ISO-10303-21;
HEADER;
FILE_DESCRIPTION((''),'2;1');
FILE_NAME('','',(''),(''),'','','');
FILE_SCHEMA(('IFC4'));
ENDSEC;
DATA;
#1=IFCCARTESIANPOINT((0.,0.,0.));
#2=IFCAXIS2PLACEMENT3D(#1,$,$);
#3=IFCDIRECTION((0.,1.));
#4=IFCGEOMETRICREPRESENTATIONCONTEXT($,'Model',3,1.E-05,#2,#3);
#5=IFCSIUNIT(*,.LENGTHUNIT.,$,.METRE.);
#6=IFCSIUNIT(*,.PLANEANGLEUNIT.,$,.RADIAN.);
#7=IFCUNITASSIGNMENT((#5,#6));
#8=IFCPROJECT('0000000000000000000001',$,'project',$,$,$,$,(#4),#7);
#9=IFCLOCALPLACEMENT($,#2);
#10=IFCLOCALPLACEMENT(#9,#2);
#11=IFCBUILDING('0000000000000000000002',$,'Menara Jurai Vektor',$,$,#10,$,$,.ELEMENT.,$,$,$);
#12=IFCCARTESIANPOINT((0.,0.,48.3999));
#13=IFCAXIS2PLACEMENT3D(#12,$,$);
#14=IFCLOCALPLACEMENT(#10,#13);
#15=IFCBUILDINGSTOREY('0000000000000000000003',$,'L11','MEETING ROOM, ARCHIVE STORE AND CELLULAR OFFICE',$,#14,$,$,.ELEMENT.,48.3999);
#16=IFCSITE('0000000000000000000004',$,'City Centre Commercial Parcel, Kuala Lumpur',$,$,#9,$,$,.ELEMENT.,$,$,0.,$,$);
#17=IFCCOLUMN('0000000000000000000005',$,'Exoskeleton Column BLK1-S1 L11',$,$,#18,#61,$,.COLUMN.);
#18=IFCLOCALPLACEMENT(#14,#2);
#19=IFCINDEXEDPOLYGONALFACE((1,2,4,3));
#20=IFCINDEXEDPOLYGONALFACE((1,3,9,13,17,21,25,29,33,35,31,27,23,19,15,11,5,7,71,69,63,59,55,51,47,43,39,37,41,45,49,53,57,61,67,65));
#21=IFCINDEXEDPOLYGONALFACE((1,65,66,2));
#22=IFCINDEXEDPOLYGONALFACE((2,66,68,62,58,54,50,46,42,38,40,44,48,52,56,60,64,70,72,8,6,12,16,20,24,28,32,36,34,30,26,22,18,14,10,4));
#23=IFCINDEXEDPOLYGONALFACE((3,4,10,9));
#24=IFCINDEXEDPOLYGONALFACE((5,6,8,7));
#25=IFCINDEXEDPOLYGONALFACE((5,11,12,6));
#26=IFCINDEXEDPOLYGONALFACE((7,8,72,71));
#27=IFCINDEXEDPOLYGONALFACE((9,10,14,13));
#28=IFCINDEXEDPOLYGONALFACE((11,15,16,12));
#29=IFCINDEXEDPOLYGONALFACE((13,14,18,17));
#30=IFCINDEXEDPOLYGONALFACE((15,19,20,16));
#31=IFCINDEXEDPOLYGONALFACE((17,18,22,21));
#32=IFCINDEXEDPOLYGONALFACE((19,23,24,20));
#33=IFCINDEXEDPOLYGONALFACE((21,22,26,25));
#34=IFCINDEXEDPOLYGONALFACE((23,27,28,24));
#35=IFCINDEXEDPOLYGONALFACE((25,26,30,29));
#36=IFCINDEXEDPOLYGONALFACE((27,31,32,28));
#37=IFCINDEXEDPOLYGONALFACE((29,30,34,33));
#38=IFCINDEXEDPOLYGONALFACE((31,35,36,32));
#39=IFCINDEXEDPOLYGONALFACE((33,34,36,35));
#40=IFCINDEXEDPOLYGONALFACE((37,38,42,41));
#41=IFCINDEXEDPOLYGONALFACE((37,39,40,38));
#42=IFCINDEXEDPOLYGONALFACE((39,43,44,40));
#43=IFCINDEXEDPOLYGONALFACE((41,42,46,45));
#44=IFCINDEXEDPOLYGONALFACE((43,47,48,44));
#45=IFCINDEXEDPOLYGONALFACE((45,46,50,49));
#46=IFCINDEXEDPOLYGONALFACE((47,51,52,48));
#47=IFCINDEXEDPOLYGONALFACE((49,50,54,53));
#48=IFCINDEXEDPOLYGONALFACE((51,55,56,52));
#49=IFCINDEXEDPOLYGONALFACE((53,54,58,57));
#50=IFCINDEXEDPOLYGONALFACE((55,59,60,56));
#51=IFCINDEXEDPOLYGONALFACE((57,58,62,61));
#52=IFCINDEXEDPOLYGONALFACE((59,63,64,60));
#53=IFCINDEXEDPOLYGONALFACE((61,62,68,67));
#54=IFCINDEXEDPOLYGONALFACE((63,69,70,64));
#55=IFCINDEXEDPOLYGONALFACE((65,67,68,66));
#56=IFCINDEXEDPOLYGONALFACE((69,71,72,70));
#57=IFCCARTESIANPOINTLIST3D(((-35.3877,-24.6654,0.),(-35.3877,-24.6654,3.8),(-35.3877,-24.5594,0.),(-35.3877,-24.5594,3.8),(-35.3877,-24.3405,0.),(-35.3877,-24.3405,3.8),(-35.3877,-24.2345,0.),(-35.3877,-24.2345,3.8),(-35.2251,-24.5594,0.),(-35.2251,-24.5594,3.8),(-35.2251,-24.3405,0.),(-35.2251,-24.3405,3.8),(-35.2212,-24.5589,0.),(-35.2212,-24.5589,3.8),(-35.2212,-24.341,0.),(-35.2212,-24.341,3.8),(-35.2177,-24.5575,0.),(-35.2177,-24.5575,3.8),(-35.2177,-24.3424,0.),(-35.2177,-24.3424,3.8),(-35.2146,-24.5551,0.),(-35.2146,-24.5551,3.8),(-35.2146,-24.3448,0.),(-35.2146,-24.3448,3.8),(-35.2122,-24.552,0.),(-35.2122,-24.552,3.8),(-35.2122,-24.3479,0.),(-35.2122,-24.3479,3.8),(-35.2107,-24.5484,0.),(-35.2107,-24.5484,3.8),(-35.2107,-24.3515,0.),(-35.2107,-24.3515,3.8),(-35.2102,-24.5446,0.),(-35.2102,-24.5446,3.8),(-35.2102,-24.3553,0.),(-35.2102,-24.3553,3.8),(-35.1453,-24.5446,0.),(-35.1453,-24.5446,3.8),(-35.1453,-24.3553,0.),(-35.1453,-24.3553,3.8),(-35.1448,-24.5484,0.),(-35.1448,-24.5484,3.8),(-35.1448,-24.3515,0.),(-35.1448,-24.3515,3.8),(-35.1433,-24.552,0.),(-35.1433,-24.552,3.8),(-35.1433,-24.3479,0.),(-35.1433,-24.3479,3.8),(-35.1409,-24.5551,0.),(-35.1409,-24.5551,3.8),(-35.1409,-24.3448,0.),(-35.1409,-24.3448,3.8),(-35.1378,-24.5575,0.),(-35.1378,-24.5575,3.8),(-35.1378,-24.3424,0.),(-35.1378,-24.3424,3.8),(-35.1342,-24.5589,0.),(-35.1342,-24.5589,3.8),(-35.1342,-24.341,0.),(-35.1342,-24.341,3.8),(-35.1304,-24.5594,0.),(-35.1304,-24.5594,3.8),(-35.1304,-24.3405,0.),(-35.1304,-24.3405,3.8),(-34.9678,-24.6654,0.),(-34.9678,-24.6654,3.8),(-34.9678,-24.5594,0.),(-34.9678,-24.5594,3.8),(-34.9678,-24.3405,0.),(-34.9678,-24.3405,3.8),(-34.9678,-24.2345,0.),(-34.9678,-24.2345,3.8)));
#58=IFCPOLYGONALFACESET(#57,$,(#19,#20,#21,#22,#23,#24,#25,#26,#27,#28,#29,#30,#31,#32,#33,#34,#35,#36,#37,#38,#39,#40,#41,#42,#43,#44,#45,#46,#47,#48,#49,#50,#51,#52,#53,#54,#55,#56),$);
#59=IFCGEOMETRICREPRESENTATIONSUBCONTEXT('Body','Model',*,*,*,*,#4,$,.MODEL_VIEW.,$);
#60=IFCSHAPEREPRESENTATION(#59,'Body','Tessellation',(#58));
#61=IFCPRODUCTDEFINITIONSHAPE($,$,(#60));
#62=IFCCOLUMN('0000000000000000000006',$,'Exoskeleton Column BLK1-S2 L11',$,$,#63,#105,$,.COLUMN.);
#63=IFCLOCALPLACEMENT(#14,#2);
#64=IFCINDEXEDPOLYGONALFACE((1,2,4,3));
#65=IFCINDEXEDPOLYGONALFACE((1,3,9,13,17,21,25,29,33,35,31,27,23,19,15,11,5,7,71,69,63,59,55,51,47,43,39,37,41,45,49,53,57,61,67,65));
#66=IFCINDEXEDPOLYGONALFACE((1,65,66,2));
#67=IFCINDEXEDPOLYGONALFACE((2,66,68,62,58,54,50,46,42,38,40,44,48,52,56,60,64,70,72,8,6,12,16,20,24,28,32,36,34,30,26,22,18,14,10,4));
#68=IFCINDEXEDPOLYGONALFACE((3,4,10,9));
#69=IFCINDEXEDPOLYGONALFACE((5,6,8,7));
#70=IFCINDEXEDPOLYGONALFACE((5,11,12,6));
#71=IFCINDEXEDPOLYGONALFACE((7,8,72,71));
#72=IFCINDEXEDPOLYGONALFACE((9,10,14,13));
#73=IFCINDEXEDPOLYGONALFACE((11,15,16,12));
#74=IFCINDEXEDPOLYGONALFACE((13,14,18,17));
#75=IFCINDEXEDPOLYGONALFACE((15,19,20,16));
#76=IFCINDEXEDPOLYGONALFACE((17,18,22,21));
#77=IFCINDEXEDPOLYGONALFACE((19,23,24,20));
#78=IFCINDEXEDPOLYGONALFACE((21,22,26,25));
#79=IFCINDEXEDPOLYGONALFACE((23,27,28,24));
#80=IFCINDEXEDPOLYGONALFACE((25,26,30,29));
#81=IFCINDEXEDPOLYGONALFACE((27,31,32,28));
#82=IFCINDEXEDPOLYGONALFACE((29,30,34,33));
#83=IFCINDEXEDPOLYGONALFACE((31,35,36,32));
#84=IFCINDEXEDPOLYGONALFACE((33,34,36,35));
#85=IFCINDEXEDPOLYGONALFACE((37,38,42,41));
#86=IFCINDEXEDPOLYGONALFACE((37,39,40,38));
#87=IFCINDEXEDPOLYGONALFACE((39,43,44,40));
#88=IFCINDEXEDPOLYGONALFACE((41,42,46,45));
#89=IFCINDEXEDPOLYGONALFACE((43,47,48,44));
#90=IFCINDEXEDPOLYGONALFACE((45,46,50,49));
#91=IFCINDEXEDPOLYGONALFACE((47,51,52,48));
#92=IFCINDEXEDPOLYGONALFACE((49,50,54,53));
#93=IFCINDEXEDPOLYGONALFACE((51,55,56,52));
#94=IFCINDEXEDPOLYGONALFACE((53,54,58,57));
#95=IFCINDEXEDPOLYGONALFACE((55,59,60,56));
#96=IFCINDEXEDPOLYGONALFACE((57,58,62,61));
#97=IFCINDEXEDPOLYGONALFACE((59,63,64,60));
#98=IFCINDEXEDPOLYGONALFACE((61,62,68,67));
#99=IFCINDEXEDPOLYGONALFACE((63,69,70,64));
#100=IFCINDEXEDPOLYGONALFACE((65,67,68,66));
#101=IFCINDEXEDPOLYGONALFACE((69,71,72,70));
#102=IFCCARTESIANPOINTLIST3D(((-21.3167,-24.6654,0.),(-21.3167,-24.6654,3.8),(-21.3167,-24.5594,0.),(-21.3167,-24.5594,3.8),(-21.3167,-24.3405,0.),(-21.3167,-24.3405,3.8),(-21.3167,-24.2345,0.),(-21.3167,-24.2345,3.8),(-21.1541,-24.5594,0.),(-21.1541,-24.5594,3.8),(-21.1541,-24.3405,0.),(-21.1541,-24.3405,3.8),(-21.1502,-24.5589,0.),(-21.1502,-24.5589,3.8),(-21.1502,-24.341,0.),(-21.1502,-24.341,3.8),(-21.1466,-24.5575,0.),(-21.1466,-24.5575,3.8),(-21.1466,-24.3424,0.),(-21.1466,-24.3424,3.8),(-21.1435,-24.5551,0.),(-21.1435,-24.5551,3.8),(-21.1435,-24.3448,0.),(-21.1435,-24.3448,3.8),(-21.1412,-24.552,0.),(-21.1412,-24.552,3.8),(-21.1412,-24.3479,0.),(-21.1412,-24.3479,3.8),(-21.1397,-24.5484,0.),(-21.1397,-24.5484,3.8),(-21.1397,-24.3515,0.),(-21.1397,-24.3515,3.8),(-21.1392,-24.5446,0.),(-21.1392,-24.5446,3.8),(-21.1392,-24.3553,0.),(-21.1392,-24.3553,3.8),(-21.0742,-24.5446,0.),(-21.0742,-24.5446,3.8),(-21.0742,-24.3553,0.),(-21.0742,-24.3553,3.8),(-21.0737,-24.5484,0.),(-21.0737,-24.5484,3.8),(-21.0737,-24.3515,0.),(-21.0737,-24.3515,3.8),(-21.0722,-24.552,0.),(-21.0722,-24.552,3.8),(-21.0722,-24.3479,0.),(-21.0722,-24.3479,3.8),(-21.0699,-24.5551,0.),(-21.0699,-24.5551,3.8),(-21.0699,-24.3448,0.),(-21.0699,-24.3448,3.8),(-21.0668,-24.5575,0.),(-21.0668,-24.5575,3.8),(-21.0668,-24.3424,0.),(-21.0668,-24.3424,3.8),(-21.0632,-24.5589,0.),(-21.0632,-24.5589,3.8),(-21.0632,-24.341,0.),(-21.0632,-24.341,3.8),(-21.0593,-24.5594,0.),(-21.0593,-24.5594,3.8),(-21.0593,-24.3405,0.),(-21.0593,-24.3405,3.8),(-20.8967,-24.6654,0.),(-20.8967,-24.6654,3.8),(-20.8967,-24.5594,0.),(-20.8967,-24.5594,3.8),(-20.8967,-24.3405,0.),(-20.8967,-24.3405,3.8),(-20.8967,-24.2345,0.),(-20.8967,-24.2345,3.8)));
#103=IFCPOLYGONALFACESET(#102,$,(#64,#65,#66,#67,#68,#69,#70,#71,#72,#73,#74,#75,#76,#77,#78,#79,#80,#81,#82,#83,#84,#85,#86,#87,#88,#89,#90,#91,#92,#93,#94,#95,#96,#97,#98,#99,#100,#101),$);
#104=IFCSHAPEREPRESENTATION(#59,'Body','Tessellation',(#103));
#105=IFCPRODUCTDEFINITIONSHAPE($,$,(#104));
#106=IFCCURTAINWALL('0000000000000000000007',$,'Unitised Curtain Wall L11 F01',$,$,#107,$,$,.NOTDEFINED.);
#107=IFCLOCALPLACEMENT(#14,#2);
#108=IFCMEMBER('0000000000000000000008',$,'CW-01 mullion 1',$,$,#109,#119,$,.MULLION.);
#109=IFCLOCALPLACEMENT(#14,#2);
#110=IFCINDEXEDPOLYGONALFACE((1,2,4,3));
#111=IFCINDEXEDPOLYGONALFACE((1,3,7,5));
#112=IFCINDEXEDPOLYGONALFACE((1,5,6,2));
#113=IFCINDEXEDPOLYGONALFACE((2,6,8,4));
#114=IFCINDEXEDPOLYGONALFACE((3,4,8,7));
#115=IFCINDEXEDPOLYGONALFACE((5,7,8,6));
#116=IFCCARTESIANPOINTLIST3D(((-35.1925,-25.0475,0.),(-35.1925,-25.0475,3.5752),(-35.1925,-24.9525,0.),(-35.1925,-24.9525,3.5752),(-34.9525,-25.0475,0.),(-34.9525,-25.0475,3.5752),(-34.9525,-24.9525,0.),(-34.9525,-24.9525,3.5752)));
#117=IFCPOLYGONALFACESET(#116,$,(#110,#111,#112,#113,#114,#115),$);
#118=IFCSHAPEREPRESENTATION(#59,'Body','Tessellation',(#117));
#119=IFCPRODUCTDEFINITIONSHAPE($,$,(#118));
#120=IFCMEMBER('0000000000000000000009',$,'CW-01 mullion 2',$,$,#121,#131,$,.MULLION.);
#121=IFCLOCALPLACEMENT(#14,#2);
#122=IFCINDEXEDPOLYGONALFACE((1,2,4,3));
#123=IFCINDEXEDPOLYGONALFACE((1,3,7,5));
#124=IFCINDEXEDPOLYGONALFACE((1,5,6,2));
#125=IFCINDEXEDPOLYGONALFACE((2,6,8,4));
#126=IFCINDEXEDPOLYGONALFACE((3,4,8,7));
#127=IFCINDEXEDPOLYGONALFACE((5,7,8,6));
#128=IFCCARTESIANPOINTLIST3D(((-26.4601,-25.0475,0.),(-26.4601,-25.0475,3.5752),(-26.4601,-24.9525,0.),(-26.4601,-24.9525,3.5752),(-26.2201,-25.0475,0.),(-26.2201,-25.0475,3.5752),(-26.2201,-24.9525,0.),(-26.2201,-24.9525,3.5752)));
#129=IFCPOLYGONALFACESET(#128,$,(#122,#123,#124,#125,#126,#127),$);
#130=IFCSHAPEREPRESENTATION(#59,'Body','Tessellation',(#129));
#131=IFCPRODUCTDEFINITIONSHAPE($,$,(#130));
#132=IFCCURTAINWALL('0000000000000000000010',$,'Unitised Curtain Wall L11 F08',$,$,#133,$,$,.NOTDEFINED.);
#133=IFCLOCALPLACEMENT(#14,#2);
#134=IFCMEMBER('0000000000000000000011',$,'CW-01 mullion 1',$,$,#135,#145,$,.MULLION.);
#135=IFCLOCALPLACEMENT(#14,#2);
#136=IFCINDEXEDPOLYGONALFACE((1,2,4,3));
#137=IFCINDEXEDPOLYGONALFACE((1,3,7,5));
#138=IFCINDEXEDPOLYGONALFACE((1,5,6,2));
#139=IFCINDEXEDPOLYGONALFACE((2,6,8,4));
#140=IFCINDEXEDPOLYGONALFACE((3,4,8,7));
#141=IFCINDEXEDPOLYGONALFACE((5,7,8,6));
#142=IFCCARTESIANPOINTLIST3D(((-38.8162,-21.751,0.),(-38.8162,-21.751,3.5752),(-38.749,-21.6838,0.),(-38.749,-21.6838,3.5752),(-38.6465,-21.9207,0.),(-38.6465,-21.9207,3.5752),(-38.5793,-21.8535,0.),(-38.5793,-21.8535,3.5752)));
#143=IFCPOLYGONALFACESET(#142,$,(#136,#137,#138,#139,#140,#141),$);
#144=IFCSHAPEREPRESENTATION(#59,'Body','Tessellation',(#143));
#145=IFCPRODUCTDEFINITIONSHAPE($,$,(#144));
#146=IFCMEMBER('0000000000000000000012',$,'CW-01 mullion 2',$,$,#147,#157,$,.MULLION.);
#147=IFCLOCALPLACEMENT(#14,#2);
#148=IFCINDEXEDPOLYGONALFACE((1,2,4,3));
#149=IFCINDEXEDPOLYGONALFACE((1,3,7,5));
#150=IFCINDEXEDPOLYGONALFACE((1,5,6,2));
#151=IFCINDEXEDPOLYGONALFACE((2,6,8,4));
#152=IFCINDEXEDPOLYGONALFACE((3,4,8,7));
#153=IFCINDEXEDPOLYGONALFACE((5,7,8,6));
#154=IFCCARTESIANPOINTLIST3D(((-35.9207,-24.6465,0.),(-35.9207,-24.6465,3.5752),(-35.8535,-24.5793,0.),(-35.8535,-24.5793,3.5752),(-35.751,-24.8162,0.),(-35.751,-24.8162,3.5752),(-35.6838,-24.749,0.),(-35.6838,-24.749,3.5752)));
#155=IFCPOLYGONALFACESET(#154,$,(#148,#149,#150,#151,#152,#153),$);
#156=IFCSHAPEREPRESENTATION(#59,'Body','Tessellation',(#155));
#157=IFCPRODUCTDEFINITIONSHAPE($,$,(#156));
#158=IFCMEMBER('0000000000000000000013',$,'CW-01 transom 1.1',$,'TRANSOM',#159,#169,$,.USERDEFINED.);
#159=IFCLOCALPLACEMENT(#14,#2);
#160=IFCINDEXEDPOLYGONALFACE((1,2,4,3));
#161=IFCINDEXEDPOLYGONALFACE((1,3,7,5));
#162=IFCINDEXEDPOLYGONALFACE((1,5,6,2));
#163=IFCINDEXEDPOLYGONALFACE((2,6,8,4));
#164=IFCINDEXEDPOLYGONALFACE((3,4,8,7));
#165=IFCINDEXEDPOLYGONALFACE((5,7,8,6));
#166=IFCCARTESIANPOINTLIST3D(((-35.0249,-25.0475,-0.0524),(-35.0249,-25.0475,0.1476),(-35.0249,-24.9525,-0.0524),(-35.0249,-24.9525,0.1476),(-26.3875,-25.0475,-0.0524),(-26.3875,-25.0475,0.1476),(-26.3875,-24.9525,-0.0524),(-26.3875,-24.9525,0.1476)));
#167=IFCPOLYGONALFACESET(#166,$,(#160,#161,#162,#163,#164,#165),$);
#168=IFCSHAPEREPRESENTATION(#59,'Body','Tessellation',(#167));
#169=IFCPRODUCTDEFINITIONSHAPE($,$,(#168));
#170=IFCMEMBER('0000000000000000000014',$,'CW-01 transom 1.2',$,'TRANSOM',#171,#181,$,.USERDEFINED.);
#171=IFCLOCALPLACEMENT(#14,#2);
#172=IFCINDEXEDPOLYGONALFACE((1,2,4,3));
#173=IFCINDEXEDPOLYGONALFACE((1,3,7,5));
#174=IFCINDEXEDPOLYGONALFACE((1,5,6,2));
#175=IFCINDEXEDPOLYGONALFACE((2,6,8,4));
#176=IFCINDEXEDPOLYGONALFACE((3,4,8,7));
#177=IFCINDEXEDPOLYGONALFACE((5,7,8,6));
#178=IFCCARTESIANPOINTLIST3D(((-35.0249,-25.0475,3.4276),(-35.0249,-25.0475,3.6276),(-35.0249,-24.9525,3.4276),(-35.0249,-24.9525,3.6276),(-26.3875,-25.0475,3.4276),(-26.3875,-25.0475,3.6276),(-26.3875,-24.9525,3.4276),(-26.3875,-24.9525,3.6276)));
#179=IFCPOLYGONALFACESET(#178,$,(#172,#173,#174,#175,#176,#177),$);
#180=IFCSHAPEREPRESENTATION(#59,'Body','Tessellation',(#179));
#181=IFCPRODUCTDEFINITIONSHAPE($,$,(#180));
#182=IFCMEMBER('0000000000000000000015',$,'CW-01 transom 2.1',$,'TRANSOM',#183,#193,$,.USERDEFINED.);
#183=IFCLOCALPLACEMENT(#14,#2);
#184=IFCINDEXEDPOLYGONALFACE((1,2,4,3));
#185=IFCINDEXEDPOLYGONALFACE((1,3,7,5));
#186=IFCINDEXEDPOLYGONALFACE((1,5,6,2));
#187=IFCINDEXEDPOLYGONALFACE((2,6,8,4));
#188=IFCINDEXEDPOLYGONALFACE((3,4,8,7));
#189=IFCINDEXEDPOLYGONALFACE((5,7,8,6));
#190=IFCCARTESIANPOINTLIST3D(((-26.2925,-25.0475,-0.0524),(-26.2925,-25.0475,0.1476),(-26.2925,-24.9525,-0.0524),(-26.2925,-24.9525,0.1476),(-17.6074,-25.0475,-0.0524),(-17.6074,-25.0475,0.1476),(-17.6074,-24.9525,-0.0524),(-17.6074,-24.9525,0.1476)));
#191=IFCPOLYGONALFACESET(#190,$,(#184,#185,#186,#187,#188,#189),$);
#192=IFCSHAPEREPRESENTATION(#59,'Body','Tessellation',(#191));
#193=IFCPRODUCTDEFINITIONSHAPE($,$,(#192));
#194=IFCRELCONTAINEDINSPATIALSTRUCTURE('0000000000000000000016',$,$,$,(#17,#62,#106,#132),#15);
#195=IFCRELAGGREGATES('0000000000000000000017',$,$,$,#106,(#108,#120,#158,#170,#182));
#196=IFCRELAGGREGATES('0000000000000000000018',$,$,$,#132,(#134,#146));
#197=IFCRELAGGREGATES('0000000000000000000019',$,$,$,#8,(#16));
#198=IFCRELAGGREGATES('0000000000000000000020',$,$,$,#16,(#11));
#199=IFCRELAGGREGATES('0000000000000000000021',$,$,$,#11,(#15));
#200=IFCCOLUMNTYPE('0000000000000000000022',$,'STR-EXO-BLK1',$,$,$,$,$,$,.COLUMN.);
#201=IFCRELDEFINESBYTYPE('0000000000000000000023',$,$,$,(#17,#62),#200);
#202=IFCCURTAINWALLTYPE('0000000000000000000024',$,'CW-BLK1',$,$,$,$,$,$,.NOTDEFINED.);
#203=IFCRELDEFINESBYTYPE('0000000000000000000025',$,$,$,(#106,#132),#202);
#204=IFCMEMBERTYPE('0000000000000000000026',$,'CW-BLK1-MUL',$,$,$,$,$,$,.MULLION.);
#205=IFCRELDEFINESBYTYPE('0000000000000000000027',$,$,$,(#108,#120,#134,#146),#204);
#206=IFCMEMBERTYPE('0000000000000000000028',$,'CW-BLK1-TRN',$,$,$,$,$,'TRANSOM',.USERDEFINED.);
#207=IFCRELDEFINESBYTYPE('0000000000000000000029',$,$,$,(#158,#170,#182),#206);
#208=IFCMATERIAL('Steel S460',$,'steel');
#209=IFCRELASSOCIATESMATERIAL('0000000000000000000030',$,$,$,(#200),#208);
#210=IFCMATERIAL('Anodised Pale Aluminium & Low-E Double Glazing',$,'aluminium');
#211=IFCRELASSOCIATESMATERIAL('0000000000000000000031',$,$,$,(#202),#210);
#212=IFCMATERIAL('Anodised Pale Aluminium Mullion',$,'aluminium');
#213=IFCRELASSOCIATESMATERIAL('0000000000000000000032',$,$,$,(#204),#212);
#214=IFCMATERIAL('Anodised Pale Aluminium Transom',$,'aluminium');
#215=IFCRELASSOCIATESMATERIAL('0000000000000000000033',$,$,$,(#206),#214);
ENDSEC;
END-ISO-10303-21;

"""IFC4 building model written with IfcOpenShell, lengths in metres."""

from ifc_helpers import new_model, si_unit, direction, frame, origin, origin_2d, place, context, subcontext, project, spatial, rectangle, i_section, extrude, material, material_profile, profile_set, type_object, element, aggregate, save


model = new_model("IFC4")

# Units and contexts
model_context = context("Model", 3, precision=1e-05, world=origin(), true_north=direction((0.0, 1.0)))
body_context = subcontext(model_context, "Body", "Model", "MODEL_VIEW")
ifc_project = project(units=[si_unit("LENGTHUNIT", "METRE"), si_unit("PLANEANGLEUNIT", "RADIAN")], contexts=[model_context])

# Site, building, storey
site_placement = place(None, origin())
site = spatial("IfcSite", under=ifc_project, at=site_placement, Name="City Centre Commercial Parcel, Kuala Lumpur", CompositionType="ELEMENT", RefElevation=0.0)
building_placement = place(site_placement, origin())
building = spatial("IfcBuilding", under=site, at=building_placement, Name="Menara Jurai Vektor", CompositionType="ELEMENT")
storey_placement = place(building_placement, frame((0.0, 0.0, 48.3999)))
storey = spatial("IfcBuildingStorey", under=building, at=storey_placement, Name="L11", Description="MEETING ROOM, ARCHIVE STORE AND CELLULAR OFFICE", CompositionType="ELEMENT", Elevation=48.3999)

# Columns
ifc_material_1 = material(Name="Steel S460", Category="steel")
ifc_material_profile_1 = material_profile(ifc_material_1, i_section(OverallWidth=0.4199, OverallDepth=0.4309, WebThickness=0.0649, FlangeThickness=0.106, FilletRadius=0.0149, at=origin_2d()), Name="HD 400x900")
ifc_profile_set_1 = profile_set([ifc_material_profile_1], Name="Steel S460")
column_type = type_object("IfcColumnType", Name="STR-EXO-BLK1", PredefinedType="COLUMN", material=ifc_profile_set_1)
for number, where, z_axis, x_axis, name in (
    (1, (-35.1777, -24.45, 0.0), (0.0, 0.0, 1.0), (1.0, 0.0, 0.0), "Exoskeleton Column BLK1-S1 L11"),
    (2, (-21.1067, -24.45, 0.0), (0.0, 0.0, 1.0), (1.0, 0.0, 0.0), "Exoskeleton Column BLK1-S2 L11"),
):
    element("IfcColumn", number, at=place(storey_placement, frame(where, z_axis=z_axis, x_axis=x_axis)), inside=storey, type_object=column_type, Name=name, PredefinedType="COLUMN", context=body_context, shape_type="SweptSolid", body=[
        extrude(i_section(OverallWidth=0.4199, OverallDepth=0.4309, WebThickness=0.0649, FlangeThickness=0.106, FilletRadius=0.0149, at=origin_2d()), origin(), (0.0, 0.0, 1.0), 3.8),
    ])

# Curtain walls, members
ifc_material_2 = material(Name="Anodised Pale Aluminium & Low-E Double Glazing", Category="aluminium")
curtain_wall_type = type_object("IfcCurtainWallType", Name="CW-BLK1", PredefinedType="NOTDEFINED", material=ifc_material_2)
curtain_wall_1_placement = place(storey_placement, origin())
curtain_wall_1 = element("IfcCurtainWall", 3, at=curtain_wall_1_placement, inside=storey, type_object=curtain_wall_type, Name="Unitised Curtain Wall L11 F01", PredefinedType="NOTDEFINED")
ifc_material_3 = material(Name="Anodised Pale Aluminium Mullion", Category="aluminium")
ifc_material_profile_2 = material_profile(ifc_material_3, rectangle(XDim=0.095, YDim=0.24, at=origin_2d()), Name="ALU MUL 95x240")
ifc_profile_set_2 = profile_set([ifc_material_profile_2], Name="Anodised Pale Aluminium Mullion")
member_type_1 = type_object("IfcMemberType", Name="CW-BLK1-MUL", PredefinedType="MULLION", material=ifc_profile_set_2)
member_1_placement = place(storey_placement, frame((-35.0725, -25.0, 0.0), z_axis=(0.0, 0.0, 1.0), x_axis=(0.0, 1.0, 0.0)))
member_1 = element("IfcMember", 4, at=member_1_placement, type_object=member_type_1, Name="CW-01 mullion 1", PredefinedType="MULLION", context=body_context, shape_type="SweptSolid", body=[
    extrude(rectangle(XDim=0.095, YDim=0.24, at=origin_2d()), origin(), (0.0, 0.0, 1.0), 3.5752),
])
member_2_placement = place(storey_placement, frame((-26.3401, -25.0, 0.0), z_axis=(0.0, 0.0, 1.0), x_axis=(0.0, 1.0, 0.0)))
member_2 = element("IfcMember", 5, at=member_2_placement, type_object=member_type_1, Name="CW-01 mullion 2", PredefinedType="MULLION", context=body_context, shape_type="SweptSolid", body=[
    extrude(rectangle(XDim=0.095, YDim=0.24, at=origin_2d()), origin(), (0.0, 0.0, 1.0), 3.5752),
])
curtain_wall_2_placement = place(storey_placement, origin())
curtain_wall_2 = element("IfcCurtainWall", 6, at=curtain_wall_2_placement, inside=storey, type_object=curtain_wall_type, Name="Unitised Curtain Wall L11 F08", PredefinedType="NOTDEFINED")
member_3_placement = place(storey_placement, frame((-38.6978, -21.8022, 0.0), z_axis=(0.0, 0.0, 1.0), x_axis=(0.707107, 0.707107, 0.0)))
member_3 = element("IfcMember", 7, at=member_3_placement, type_object=member_type_1, Name="CW-01 mullion 1", PredefinedType="MULLION", context=body_context, shape_type="SweptSolid", body=[
    extrude(rectangle(XDim=0.095, YDim=0.24, at=origin_2d()), origin(), (0.0, 0.0, 1.0), 3.5752),
])
member_4_placement = place(storey_placement, frame((-35.8022, -24.6978, 0.0), z_axis=(0.0, 0.0, 1.0), x_axis=(0.707107, 0.707107, 0.0)))
member_4 = element("IfcMember", 8, at=member_4_placement, type_object=member_type_1, Name="CW-01 mullion 2", PredefinedType="MULLION", context=body_context, shape_type="SweptSolid", body=[
    extrude(rectangle(XDim=0.095, YDim=0.24, at=origin_2d()), origin(), (0.0, 0.0, 1.0), 3.5752),
])

# Members
ifc_material_4 = material(Name="Anodised Pale Aluminium Transom", Category="aluminium")
ifc_material_profile_3 = material_profile(ifc_material_4, rectangle(XDim=0.095, YDim=0.2, at=origin_2d()), Name="ALU TRN 95x200")
ifc_profile_set_3 = profile_set([ifc_material_profile_3], Name="Anodised Pale Aluminium Transom")
member_type_2 = type_object("IfcMemberType", Name="CW-BLK1-TRN", ElementType="TRANSOM", PredefinedType="USERDEFINED", material=ifc_profile_set_3)
member_5_placement = place(storey_placement, frame((-35.0249, -25.0, 0.0476), z_axis=(1.0, 0.0, 0.0), x_axis=(0.0, 1.0, 0.0)))
member_5 = element("IfcMember", 9, at=member_5_placement, type_object=member_type_2, Name="CW-01 transom 1.1", ObjectType="TRANSOM", PredefinedType="USERDEFINED", context=body_context, shape_type="SweptSolid", body=[
    extrude(rectangle(XDim=0.095, YDim=0.2, at=origin_2d()), origin(), (0.0, 0.0, 1.0), 8.6375),
])
member_6_placement = place(storey_placement, frame((-35.0249, -25.0, 3.5276), z_axis=(1.0, 0.0, 0.0), x_axis=(0.0, 1.0, 0.0)))
member_6 = element("IfcMember", 10, at=member_6_placement, type_object=member_type_2, Name="CW-01 transom 1.2", ObjectType="TRANSOM", PredefinedType="USERDEFINED", context=body_context, shape_type="SweptSolid", body=[
    extrude(rectangle(XDim=0.095, YDim=0.2, at=origin_2d()), origin(), (0.0, 0.0, 1.0), 8.6375),
])
member_7_placement = place(storey_placement, frame((-26.2925, -25.0, 0.0476), z_axis=(1.0, 0.0, 0.0), x_axis=(0.0, 1.0, 0.0)))
member_7 = element("IfcMember", 11, at=member_7_placement, type_object=member_type_2, Name="CW-01 transom 2.1", ObjectType="TRANSOM", PredefinedType="USERDEFINED", context=body_context, shape_type="SweptSolid", body=[
    extrude(rectangle(XDim=0.095, YDim=0.2, at=origin_2d()), origin(), (0.0, 0.0, 1.0), 8.6851),
])

aggregate(curtain_wall_1, [member_1, member_2, member_5, member_6, member_7])
aggregate(curtain_wall_2, [member_3, member_4])

save(model, "model.ifc")
